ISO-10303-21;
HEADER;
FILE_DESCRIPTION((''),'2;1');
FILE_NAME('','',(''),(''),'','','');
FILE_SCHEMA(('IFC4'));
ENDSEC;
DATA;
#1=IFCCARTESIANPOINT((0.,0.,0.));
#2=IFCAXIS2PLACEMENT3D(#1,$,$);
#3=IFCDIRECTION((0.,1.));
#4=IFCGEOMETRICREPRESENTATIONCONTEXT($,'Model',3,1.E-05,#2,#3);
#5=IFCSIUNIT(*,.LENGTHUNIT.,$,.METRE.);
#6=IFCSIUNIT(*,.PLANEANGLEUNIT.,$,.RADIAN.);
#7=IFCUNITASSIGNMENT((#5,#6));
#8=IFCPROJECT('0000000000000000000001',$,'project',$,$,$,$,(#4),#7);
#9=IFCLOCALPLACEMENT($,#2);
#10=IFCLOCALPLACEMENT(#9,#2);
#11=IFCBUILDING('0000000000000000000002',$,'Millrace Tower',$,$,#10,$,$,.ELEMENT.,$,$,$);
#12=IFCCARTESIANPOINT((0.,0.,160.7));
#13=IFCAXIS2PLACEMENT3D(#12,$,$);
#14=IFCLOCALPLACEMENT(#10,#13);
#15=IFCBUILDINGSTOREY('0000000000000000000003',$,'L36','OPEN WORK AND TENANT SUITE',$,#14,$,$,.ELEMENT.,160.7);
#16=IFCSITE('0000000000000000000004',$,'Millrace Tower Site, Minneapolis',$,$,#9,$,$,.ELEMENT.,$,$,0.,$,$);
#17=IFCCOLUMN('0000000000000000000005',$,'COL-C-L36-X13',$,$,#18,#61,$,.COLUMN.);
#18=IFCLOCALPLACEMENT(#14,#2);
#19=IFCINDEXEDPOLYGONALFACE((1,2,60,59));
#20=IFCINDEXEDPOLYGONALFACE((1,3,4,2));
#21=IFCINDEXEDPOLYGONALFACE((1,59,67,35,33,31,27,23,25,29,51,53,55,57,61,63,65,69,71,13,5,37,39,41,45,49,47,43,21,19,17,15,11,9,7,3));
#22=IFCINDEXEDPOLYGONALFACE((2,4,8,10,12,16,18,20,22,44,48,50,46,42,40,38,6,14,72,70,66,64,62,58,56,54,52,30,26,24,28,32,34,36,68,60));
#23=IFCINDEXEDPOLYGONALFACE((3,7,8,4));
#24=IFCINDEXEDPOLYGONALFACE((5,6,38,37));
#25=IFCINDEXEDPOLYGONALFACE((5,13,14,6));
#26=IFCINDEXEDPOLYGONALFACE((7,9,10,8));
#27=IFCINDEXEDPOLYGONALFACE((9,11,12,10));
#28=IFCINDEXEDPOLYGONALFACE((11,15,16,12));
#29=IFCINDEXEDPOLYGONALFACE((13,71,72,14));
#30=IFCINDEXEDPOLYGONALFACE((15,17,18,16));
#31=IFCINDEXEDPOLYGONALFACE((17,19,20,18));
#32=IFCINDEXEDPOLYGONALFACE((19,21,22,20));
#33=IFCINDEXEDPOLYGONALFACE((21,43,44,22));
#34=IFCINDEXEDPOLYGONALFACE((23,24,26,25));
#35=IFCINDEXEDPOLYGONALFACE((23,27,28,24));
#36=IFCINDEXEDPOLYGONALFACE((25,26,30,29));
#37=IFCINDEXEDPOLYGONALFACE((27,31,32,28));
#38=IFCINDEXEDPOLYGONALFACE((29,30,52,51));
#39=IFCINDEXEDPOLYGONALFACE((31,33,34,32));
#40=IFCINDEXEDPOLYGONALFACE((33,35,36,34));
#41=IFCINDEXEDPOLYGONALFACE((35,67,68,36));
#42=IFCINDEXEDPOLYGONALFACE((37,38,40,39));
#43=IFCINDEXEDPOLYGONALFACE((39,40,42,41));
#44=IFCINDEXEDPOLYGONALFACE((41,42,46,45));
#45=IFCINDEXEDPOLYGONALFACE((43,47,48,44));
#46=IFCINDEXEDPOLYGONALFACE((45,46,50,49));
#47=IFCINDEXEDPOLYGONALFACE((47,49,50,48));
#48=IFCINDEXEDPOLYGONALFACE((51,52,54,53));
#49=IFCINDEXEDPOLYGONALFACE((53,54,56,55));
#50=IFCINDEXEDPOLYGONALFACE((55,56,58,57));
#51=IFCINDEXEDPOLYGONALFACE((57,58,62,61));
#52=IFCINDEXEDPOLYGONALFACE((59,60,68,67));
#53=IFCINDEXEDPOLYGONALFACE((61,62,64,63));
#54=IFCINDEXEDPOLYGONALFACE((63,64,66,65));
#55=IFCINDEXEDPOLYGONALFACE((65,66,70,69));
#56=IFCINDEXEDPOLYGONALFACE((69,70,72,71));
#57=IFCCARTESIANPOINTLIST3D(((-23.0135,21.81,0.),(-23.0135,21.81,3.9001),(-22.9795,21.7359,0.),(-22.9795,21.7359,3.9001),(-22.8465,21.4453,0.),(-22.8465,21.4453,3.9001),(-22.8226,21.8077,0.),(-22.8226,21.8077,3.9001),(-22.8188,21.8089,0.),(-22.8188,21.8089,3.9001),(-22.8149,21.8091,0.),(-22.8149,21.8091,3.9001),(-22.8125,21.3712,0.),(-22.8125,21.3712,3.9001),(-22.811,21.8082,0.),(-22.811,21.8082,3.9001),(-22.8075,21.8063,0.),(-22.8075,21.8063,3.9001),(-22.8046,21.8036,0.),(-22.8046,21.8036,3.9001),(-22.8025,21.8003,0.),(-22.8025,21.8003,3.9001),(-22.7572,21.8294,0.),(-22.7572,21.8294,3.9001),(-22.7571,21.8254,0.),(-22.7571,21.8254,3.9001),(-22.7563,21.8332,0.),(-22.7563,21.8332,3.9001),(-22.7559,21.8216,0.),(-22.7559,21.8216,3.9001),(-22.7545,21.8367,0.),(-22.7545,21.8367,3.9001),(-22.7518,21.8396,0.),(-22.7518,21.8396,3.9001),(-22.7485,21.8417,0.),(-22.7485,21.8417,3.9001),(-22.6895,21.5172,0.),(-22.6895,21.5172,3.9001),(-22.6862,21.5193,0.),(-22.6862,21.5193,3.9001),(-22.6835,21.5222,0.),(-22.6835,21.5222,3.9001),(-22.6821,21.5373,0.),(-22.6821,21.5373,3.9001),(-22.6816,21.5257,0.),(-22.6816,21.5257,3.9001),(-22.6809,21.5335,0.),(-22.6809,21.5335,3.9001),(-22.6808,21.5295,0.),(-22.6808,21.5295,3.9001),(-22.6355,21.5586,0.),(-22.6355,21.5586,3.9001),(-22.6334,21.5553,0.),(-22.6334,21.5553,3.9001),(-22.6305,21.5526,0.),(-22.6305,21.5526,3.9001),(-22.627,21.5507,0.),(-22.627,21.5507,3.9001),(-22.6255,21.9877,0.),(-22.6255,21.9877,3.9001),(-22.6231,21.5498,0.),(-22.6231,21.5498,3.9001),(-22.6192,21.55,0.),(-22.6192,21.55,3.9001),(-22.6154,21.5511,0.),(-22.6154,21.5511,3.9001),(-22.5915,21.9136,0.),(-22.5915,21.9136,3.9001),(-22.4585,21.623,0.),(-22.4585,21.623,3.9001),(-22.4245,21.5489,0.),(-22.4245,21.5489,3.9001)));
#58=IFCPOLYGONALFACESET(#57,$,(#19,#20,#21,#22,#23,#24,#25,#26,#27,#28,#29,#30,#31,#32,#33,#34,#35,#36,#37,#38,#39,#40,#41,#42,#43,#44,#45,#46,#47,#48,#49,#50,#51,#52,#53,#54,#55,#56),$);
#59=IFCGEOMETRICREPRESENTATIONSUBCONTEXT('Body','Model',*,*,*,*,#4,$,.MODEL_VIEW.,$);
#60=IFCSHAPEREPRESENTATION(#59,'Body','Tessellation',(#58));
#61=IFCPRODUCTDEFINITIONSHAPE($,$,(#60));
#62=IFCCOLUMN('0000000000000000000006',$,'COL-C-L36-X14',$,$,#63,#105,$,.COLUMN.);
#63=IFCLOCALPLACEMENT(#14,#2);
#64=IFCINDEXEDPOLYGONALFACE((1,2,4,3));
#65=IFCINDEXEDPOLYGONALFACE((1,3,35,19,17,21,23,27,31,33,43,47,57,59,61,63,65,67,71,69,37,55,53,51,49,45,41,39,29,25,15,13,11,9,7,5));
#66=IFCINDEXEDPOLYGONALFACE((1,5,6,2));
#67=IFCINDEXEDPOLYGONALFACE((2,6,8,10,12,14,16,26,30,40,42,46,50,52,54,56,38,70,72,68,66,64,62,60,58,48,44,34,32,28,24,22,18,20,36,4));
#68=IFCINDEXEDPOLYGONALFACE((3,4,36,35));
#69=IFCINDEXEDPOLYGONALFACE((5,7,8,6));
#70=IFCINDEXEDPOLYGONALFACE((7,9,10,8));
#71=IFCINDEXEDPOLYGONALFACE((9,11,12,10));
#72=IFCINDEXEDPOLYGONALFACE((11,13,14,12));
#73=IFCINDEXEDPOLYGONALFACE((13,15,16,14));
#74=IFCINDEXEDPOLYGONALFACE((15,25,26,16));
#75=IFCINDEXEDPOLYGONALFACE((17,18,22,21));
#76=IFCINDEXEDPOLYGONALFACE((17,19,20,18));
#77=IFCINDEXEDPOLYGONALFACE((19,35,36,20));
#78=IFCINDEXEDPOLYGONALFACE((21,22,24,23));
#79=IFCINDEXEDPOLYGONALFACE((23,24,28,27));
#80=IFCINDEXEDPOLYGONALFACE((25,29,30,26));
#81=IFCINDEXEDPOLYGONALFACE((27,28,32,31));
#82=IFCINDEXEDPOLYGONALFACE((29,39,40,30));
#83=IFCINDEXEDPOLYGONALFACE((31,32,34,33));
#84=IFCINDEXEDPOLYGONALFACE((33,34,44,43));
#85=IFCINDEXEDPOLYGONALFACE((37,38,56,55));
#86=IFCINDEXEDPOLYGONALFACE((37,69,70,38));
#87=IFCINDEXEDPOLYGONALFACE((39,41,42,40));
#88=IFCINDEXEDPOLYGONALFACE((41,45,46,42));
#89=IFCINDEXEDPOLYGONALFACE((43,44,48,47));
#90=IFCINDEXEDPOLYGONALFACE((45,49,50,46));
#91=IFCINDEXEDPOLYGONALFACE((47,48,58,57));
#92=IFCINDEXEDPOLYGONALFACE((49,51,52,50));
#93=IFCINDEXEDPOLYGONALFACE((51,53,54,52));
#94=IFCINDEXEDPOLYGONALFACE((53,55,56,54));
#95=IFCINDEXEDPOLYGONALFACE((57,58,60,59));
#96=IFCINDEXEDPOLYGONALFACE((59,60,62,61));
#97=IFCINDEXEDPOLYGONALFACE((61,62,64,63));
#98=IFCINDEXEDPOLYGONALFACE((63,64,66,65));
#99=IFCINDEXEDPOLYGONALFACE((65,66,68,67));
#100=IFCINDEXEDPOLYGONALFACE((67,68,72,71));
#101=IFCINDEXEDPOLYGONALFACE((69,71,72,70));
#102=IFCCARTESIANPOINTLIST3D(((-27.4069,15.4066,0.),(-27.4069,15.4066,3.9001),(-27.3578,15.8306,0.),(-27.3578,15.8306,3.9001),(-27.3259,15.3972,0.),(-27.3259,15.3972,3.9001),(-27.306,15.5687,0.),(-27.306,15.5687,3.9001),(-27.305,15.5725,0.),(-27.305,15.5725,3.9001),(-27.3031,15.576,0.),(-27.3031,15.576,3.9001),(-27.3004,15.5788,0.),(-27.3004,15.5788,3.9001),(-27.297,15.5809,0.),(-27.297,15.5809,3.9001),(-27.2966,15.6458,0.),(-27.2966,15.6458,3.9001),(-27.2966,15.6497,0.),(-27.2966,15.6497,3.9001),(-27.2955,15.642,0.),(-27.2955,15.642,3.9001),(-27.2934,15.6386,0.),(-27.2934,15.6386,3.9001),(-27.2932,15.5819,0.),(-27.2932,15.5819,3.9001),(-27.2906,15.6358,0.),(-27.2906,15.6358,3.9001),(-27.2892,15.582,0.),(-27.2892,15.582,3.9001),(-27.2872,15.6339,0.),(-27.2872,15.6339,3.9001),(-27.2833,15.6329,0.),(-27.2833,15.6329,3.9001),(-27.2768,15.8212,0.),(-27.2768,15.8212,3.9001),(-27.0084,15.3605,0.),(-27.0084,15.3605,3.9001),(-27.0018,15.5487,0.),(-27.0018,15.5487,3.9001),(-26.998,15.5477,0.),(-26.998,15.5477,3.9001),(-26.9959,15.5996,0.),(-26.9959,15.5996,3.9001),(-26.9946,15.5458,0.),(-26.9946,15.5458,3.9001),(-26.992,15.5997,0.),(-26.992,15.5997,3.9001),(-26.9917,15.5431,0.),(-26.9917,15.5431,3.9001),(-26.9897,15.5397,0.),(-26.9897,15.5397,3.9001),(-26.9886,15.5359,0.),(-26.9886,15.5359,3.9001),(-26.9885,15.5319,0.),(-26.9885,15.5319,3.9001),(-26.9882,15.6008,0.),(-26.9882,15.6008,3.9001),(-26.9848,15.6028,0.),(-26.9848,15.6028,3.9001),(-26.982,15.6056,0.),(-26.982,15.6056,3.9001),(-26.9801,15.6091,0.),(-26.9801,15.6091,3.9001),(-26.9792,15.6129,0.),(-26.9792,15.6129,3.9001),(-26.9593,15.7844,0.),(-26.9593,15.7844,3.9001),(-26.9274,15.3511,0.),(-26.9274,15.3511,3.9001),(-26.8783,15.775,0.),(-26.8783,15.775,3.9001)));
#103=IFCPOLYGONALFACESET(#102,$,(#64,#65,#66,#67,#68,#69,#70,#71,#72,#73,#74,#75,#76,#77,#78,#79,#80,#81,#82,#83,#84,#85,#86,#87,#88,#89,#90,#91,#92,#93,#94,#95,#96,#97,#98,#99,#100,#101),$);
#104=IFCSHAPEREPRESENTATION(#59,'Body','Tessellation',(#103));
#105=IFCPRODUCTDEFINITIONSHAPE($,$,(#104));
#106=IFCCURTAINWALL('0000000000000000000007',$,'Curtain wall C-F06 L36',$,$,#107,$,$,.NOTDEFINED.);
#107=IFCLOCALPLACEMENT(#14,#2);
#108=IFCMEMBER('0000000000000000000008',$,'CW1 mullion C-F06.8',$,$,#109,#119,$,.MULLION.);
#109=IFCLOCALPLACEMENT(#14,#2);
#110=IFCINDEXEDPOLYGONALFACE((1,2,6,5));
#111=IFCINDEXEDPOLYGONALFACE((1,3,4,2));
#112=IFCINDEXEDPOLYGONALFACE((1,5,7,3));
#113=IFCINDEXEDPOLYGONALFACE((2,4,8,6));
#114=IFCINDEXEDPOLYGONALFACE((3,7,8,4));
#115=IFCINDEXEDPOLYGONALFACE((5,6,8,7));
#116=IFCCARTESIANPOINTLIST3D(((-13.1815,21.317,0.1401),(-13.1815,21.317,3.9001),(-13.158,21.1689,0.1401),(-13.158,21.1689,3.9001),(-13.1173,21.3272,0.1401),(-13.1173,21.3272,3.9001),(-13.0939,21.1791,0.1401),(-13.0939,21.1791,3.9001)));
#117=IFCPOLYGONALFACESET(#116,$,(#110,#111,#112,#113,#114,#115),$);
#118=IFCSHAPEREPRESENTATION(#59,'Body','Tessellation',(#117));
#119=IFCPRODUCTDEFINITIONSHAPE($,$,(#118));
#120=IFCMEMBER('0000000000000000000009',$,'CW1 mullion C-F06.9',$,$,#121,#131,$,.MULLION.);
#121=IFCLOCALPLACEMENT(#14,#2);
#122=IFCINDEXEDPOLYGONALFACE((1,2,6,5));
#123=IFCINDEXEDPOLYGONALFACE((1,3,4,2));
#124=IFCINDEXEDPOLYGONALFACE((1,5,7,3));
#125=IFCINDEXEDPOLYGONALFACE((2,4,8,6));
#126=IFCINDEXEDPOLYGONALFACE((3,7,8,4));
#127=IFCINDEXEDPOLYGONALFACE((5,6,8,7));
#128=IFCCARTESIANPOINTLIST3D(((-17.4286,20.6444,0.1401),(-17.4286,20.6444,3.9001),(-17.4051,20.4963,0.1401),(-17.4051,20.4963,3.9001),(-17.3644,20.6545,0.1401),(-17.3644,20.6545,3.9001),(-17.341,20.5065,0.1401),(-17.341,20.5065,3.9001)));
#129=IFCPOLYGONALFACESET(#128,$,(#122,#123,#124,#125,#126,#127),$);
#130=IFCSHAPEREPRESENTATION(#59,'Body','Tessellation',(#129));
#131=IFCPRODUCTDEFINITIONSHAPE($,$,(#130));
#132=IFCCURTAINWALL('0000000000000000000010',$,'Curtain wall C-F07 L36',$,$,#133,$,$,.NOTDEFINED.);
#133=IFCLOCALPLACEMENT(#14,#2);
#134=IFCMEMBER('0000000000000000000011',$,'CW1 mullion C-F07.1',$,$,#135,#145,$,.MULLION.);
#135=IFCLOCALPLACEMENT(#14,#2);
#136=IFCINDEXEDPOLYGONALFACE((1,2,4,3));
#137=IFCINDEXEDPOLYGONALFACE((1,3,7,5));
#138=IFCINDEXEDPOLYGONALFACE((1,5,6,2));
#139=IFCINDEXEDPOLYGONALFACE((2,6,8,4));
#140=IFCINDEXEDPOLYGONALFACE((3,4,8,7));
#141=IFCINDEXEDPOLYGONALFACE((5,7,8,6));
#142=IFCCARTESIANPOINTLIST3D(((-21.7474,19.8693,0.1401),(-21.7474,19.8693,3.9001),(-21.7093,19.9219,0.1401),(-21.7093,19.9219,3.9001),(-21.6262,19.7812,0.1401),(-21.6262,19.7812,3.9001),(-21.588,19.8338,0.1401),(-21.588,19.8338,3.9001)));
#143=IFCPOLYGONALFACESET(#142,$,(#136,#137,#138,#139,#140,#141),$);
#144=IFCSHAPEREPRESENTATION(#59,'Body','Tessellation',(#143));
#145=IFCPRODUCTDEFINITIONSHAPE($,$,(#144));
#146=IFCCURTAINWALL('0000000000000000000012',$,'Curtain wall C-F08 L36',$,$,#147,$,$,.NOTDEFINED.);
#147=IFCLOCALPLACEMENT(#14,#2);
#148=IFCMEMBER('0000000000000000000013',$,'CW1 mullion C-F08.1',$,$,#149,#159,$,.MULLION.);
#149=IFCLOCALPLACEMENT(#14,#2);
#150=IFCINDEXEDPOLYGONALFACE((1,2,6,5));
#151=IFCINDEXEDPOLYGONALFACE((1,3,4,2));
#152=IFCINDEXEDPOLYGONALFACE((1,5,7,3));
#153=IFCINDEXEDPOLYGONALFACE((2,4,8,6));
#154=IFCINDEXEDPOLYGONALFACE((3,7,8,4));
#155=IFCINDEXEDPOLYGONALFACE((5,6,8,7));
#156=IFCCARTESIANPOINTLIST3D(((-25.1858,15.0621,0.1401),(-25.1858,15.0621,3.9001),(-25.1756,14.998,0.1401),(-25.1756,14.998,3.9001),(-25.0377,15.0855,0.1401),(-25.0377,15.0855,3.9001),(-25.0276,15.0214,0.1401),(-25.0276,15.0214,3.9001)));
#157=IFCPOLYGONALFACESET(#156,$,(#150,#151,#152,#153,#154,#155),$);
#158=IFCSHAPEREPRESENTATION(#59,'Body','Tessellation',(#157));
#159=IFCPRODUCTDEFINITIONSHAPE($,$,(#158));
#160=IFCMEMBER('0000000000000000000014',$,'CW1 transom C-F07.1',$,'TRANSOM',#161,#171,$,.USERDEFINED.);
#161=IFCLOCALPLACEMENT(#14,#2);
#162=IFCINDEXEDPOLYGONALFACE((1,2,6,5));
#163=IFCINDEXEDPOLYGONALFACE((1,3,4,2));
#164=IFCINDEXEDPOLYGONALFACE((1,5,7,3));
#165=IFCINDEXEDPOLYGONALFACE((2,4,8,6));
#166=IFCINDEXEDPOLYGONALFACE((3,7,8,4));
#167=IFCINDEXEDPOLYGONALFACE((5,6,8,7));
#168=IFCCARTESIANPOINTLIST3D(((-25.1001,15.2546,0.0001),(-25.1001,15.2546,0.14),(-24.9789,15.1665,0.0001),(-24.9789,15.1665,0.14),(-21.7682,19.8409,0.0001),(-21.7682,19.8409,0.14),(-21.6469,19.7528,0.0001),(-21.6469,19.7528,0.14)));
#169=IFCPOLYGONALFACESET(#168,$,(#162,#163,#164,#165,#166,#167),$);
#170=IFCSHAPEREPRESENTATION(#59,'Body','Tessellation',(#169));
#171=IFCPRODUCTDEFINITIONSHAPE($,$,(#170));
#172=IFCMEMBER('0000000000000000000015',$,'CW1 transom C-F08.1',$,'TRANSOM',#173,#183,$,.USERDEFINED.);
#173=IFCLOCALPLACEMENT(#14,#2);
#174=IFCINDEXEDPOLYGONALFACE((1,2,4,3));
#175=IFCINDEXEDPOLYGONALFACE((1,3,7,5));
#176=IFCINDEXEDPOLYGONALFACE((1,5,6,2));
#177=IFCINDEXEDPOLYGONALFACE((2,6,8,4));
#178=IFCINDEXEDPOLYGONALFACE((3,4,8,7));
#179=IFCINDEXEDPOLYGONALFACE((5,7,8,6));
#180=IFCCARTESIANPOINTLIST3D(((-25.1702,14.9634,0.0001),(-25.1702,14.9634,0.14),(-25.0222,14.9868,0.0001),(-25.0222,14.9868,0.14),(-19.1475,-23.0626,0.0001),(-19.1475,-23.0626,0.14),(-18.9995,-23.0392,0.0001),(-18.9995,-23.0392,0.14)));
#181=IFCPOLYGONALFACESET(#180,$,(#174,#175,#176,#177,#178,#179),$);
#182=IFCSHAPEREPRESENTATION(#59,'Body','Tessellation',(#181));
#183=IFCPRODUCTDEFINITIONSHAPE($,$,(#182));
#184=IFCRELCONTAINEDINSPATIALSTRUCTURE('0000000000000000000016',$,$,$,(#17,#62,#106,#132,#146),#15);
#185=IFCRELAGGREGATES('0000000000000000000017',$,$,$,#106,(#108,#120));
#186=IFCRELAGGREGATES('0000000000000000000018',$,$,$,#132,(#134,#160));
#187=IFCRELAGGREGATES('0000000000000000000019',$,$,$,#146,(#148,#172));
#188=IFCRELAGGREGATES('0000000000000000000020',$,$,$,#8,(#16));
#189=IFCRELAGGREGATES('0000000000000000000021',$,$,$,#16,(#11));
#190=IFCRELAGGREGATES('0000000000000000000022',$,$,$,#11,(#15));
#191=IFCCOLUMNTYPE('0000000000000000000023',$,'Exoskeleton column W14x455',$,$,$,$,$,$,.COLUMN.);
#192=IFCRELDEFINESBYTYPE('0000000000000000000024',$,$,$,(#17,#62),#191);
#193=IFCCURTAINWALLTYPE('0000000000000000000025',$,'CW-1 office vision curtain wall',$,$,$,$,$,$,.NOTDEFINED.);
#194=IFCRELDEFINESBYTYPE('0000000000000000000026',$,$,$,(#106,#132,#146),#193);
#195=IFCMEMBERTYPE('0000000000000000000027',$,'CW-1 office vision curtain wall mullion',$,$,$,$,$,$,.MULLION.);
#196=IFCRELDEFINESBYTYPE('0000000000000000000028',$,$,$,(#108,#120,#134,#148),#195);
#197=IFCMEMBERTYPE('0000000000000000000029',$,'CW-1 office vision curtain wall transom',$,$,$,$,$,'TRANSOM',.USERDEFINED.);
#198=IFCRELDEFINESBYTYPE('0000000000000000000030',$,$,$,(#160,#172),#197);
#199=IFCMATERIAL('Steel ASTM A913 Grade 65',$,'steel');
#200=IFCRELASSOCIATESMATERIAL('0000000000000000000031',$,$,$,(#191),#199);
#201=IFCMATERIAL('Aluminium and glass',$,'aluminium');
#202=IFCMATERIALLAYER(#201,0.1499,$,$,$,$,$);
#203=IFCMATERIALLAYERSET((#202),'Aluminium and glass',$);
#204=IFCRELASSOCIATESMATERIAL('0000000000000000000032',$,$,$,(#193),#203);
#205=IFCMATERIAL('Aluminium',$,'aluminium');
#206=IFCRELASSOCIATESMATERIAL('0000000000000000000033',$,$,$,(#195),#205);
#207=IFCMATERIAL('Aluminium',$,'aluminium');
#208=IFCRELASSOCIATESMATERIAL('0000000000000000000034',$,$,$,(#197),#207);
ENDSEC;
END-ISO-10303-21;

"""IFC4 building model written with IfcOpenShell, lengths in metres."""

from ifc_helpers import new_model, si_unit, direction, frame, origin, origin_2d, place, context, subcontext, project, spatial, rectangle, i_section, extrude, material, layer, layer_set, material_profile, profile_set, type_object, element, aggregate, save


model = new_model("IFC4")

# Units and contexts
model_context = context("Model", 3, precision=1e-05, world=origin(), true_north=direction((0.0, 1.0)))
body_context = subcontext(model_context, "Body", "Model", "MODEL_VIEW")
ifc_project = project(units=[si_unit("LENGTHUNIT", "METRE"), si_unit("PLANEANGLEUNIT", "RADIAN")], contexts=[model_context])

# Site, building, storey
site_placement = place(None, origin())
site = spatial("IfcSite", under=ifc_project, at=site_placement, Name="Millrace Tower Site, Minneapolis", CompositionType="ELEMENT", RefElevation=0.0)
building_placement = place(site_placement, origin())
building = spatial("IfcBuilding", under=site, at=building_placement, Name="Millrace Tower", CompositionType="ELEMENT")
storey_placement = place(building_placement, frame((0.0, 0.0, 160.7)))
storey = spatial("IfcBuildingStorey", under=building, at=storey_placement, Name="L36", Description="OPEN WORK AND TENANT SUITE", CompositionType="ELEMENT", Elevation=160.7)

# Columns
ifc_material_1 = material(Name="Steel ASTM A913 Grade 65", Category="steel")
ifc_material_profile_1 = material_profile(ifc_material_1, i_section(OverallWidth=0.4268, OverallDepth=0.4827, WebThickness=0.0513, FlangeThickness=0.0815, FilletRadius=0.0151, at=origin_2d()))
ifc_profile_set_1 = profile_set([ifc_material_profile_1], Name="Steel ASTM A913 Grade 65")
column_type = type_object("IfcColumnType", Name="Exoskeleton column W14x455", PredefinedType="COLUMN", material=ifc_profile_set_1)
for number, where, z_axis, x_axis, name in (
    (1, (-22.719, 21.6794, 0.0), (0.0, 0.0, 1.0), (-0.909181, -0.416401, 0.0), "COL-C-L36-X13"),
    (2, (-27.1426, 15.5908, 0.0), (0.0, 0.0, 1.0), (-0.115069, -0.993358, 0.0), "COL-C-L36-X14"),
):
    element("IfcColumn", number, at=place(storey_placement, frame(where, z_axis=z_axis, x_axis=x_axis)), inside=storey, type_object=column_type, Name=name, PredefinedType="COLUMN", context=body_context, shape_type="SweptSolid", body=[
        extrude(i_section(OverallWidth=0.4268, OverallDepth=0.4827, WebThickness=0.0513, FlangeThickness=0.0815, FilletRadius=0.0151, at=origin_2d()), origin(), (0.0, 0.0, 1.0), 3.9001),
    ])

# Curtain wall, members
ifc_material_2 = material(Name="Aluminium and glass", Category="aluminium")
ifc_layer_1 = layer(ifc_material_2, 0.1499)
ifc_layer_set_1 = layer_set([ifc_layer_1], Name="Aluminium and glass")
curtain_wall_type = type_object("IfcCurtainWallType", Name="CW-1 office vision curtain wall", PredefinedType="NOTDEFINED", material=ifc_layer_set_1)
placement = place(storey_placement, origin())
curtain_wall_1 = element("IfcCurtainWall", 3, at=placement, inside=storey, type_object=curtain_wall_type, Name="Curtain wall C-F06 L36", PredefinedType="NOTDEFINED")
ifc_material_3 = material(Name="Aluminium", Category="aluminium")
ifc_material_profile_2 = material_profile(ifc_material_3, rectangle(XDim=0.0649, YDim=0.1499, at=origin_2d()))
ifc_profile_set_2 = profile_set([ifc_material_profile_2], Name="Aluminium")
member_type_1 = type_object("IfcMemberType", Name="CW-1 office vision curtain wall mullion", PredefinedType="MULLION", material=ifc_profile_set_2)
member_1_placement = place(storey_placement, frame((-13.1377, 21.248, 0.1401), z_axis=(0.0, 0.0, 1.0), x_axis=(-0.987688, -0.156434, 0.0)))
member_1 = element("IfcMember", 4, at=member_1_placement, type_object=member_type_1, Name="CW1 mullion C-F06.8", PredefinedType="MULLION", context=body_context, shape_type="SweptSolid", body=[
    extrude(rectangle(XDim=0.0649, YDim=0.1499, at=origin_2d()), origin(), (0.0, 0.0, 1.0), 3.76),
])
member_2_placement = place(storey_placement, frame((-17.3848, 20.5754, 0.1401), z_axis=(0.0, 0.0, 1.0), x_axis=(-0.987688, -0.156434, 0.0)))
member_2 = element("IfcMember", 5, at=member_2_placement, type_object=member_type_1, Name="CW1 mullion C-F06.9", PredefinedType="MULLION", context=body_context, shape_type="SweptSolid", body=[
    extrude(rectangle(XDim=0.0649, YDim=0.1499, at=origin_2d()), origin(), (0.0, 0.0, 1.0), 3.76),
])
aggregate(curtain_wall_1, [member_1, member_2])

# Curtain walls, members
curtain_wall_2 = element("IfcCurtainWall", 6, at=placement, inside=storey, type_object=curtain_wall_type, Name="Curtain wall C-F07 L36", PredefinedType="NOTDEFINED")
member_3_placement = place(storey_placement, frame((-21.6677, 19.8516, 0.1401), z_axis=(0.0, 0.0, 1.0), x_axis=(-0.587785, -0.809017, 0.0)))
member_3 = element("IfcMember", 7, at=member_3_placement, type_object=member_type_1, Name="CW1 mullion C-F07.1", PredefinedType="MULLION", context=body_context, shape_type="SweptSolid", body=[
    extrude(rectangle(XDim=0.0649, YDim=0.1499, at=origin_2d()), origin(), (0.0, 0.0, 1.0), 3.76),
])
curtain_wall_3 = element("IfcCurtainWall", 8, at=placement, inside=storey, type_object=curtain_wall_type, Name="Curtain wall C-F08 L36", PredefinedType="NOTDEFINED")
member_4_placement = place(storey_placement, frame((-25.1067, 15.0417, 0.1401), z_axis=(0.0, 0.0, 1.0), x_axis=(0.156434, -0.987688, 0.0)))
member_4 = element("IfcMember", 9, at=member_4_placement, type_object=member_type_1, Name="CW1 mullion C-F08.1", PredefinedType="MULLION", context=body_context, shape_type="SweptSolid", body=[
    extrude(rectangle(XDim=0.0649, YDim=0.1499, at=origin_2d()), origin(), (0.0, 0.0, 1.0), 3.76),
])

# Members
ifc_material_4 = material(Name="Aluminium", Category="aluminium")
ifc_material_profile_3 = material_profile(ifc_material_4, rectangle(XDim=0.1499, YDim=0.1399, at=origin_2d()))
ifc_profile_set_3 = profile_set([ifc_material_profile_3], Name="Aluminium")
member_type_2 = type_object("IfcMemberType", Name="CW-1 office vision curtain wall transom", ElementType="TRANSOM", PredefinedType="USERDEFINED", material=ifc_profile_set_3)
member_5_placement = place(storey_placement, frame((-21.7075, 19.7969, 0.0701), z_axis=(-0.587762, -0.809034, 0.0), x_axis=(0.809034, -0.587762, 0.0)))
member_5 = element("IfcMember", 10, at=member_5_placement, type_object=member_type_2, Name="CW1 transom C-F07.1", ObjectType="TRANSOM", PredefinedType="USERDEFINED", context=body_context, shape_type="SweptSolid", body=[
    extrude(rectangle(XDim=0.1499, YDim=0.1399, at=origin_2d()), origin(), (0.0, 0.0, 1.0), 5.6689),
])
aggregate(curtain_wall_2, [member_3, member_5])
member_6_placement = place(storey_placement, frame((-25.0962, 14.9751, 0.0701), z_axis=(0.156433, -0.987689, 0.0), x_axis=(0.987689, 0.156433, 0.0)))
member_6 = element("IfcMember", 11, at=member_6_placement, type_object=member_type_2, Name="CW1 transom C-F08.1", ObjectType="TRANSOM", PredefinedType="USERDEFINED", context=body_context, shape_type="SweptSolid", body=[
    extrude(rectangle(XDim=0.1499, YDim=0.1399, at=origin_2d()), origin(), (0.0, 0.0, 1.0), 38.5),
])
aggregate(curtain_wall_3, [member_4, member_6])

save(model, "model.ifc")
